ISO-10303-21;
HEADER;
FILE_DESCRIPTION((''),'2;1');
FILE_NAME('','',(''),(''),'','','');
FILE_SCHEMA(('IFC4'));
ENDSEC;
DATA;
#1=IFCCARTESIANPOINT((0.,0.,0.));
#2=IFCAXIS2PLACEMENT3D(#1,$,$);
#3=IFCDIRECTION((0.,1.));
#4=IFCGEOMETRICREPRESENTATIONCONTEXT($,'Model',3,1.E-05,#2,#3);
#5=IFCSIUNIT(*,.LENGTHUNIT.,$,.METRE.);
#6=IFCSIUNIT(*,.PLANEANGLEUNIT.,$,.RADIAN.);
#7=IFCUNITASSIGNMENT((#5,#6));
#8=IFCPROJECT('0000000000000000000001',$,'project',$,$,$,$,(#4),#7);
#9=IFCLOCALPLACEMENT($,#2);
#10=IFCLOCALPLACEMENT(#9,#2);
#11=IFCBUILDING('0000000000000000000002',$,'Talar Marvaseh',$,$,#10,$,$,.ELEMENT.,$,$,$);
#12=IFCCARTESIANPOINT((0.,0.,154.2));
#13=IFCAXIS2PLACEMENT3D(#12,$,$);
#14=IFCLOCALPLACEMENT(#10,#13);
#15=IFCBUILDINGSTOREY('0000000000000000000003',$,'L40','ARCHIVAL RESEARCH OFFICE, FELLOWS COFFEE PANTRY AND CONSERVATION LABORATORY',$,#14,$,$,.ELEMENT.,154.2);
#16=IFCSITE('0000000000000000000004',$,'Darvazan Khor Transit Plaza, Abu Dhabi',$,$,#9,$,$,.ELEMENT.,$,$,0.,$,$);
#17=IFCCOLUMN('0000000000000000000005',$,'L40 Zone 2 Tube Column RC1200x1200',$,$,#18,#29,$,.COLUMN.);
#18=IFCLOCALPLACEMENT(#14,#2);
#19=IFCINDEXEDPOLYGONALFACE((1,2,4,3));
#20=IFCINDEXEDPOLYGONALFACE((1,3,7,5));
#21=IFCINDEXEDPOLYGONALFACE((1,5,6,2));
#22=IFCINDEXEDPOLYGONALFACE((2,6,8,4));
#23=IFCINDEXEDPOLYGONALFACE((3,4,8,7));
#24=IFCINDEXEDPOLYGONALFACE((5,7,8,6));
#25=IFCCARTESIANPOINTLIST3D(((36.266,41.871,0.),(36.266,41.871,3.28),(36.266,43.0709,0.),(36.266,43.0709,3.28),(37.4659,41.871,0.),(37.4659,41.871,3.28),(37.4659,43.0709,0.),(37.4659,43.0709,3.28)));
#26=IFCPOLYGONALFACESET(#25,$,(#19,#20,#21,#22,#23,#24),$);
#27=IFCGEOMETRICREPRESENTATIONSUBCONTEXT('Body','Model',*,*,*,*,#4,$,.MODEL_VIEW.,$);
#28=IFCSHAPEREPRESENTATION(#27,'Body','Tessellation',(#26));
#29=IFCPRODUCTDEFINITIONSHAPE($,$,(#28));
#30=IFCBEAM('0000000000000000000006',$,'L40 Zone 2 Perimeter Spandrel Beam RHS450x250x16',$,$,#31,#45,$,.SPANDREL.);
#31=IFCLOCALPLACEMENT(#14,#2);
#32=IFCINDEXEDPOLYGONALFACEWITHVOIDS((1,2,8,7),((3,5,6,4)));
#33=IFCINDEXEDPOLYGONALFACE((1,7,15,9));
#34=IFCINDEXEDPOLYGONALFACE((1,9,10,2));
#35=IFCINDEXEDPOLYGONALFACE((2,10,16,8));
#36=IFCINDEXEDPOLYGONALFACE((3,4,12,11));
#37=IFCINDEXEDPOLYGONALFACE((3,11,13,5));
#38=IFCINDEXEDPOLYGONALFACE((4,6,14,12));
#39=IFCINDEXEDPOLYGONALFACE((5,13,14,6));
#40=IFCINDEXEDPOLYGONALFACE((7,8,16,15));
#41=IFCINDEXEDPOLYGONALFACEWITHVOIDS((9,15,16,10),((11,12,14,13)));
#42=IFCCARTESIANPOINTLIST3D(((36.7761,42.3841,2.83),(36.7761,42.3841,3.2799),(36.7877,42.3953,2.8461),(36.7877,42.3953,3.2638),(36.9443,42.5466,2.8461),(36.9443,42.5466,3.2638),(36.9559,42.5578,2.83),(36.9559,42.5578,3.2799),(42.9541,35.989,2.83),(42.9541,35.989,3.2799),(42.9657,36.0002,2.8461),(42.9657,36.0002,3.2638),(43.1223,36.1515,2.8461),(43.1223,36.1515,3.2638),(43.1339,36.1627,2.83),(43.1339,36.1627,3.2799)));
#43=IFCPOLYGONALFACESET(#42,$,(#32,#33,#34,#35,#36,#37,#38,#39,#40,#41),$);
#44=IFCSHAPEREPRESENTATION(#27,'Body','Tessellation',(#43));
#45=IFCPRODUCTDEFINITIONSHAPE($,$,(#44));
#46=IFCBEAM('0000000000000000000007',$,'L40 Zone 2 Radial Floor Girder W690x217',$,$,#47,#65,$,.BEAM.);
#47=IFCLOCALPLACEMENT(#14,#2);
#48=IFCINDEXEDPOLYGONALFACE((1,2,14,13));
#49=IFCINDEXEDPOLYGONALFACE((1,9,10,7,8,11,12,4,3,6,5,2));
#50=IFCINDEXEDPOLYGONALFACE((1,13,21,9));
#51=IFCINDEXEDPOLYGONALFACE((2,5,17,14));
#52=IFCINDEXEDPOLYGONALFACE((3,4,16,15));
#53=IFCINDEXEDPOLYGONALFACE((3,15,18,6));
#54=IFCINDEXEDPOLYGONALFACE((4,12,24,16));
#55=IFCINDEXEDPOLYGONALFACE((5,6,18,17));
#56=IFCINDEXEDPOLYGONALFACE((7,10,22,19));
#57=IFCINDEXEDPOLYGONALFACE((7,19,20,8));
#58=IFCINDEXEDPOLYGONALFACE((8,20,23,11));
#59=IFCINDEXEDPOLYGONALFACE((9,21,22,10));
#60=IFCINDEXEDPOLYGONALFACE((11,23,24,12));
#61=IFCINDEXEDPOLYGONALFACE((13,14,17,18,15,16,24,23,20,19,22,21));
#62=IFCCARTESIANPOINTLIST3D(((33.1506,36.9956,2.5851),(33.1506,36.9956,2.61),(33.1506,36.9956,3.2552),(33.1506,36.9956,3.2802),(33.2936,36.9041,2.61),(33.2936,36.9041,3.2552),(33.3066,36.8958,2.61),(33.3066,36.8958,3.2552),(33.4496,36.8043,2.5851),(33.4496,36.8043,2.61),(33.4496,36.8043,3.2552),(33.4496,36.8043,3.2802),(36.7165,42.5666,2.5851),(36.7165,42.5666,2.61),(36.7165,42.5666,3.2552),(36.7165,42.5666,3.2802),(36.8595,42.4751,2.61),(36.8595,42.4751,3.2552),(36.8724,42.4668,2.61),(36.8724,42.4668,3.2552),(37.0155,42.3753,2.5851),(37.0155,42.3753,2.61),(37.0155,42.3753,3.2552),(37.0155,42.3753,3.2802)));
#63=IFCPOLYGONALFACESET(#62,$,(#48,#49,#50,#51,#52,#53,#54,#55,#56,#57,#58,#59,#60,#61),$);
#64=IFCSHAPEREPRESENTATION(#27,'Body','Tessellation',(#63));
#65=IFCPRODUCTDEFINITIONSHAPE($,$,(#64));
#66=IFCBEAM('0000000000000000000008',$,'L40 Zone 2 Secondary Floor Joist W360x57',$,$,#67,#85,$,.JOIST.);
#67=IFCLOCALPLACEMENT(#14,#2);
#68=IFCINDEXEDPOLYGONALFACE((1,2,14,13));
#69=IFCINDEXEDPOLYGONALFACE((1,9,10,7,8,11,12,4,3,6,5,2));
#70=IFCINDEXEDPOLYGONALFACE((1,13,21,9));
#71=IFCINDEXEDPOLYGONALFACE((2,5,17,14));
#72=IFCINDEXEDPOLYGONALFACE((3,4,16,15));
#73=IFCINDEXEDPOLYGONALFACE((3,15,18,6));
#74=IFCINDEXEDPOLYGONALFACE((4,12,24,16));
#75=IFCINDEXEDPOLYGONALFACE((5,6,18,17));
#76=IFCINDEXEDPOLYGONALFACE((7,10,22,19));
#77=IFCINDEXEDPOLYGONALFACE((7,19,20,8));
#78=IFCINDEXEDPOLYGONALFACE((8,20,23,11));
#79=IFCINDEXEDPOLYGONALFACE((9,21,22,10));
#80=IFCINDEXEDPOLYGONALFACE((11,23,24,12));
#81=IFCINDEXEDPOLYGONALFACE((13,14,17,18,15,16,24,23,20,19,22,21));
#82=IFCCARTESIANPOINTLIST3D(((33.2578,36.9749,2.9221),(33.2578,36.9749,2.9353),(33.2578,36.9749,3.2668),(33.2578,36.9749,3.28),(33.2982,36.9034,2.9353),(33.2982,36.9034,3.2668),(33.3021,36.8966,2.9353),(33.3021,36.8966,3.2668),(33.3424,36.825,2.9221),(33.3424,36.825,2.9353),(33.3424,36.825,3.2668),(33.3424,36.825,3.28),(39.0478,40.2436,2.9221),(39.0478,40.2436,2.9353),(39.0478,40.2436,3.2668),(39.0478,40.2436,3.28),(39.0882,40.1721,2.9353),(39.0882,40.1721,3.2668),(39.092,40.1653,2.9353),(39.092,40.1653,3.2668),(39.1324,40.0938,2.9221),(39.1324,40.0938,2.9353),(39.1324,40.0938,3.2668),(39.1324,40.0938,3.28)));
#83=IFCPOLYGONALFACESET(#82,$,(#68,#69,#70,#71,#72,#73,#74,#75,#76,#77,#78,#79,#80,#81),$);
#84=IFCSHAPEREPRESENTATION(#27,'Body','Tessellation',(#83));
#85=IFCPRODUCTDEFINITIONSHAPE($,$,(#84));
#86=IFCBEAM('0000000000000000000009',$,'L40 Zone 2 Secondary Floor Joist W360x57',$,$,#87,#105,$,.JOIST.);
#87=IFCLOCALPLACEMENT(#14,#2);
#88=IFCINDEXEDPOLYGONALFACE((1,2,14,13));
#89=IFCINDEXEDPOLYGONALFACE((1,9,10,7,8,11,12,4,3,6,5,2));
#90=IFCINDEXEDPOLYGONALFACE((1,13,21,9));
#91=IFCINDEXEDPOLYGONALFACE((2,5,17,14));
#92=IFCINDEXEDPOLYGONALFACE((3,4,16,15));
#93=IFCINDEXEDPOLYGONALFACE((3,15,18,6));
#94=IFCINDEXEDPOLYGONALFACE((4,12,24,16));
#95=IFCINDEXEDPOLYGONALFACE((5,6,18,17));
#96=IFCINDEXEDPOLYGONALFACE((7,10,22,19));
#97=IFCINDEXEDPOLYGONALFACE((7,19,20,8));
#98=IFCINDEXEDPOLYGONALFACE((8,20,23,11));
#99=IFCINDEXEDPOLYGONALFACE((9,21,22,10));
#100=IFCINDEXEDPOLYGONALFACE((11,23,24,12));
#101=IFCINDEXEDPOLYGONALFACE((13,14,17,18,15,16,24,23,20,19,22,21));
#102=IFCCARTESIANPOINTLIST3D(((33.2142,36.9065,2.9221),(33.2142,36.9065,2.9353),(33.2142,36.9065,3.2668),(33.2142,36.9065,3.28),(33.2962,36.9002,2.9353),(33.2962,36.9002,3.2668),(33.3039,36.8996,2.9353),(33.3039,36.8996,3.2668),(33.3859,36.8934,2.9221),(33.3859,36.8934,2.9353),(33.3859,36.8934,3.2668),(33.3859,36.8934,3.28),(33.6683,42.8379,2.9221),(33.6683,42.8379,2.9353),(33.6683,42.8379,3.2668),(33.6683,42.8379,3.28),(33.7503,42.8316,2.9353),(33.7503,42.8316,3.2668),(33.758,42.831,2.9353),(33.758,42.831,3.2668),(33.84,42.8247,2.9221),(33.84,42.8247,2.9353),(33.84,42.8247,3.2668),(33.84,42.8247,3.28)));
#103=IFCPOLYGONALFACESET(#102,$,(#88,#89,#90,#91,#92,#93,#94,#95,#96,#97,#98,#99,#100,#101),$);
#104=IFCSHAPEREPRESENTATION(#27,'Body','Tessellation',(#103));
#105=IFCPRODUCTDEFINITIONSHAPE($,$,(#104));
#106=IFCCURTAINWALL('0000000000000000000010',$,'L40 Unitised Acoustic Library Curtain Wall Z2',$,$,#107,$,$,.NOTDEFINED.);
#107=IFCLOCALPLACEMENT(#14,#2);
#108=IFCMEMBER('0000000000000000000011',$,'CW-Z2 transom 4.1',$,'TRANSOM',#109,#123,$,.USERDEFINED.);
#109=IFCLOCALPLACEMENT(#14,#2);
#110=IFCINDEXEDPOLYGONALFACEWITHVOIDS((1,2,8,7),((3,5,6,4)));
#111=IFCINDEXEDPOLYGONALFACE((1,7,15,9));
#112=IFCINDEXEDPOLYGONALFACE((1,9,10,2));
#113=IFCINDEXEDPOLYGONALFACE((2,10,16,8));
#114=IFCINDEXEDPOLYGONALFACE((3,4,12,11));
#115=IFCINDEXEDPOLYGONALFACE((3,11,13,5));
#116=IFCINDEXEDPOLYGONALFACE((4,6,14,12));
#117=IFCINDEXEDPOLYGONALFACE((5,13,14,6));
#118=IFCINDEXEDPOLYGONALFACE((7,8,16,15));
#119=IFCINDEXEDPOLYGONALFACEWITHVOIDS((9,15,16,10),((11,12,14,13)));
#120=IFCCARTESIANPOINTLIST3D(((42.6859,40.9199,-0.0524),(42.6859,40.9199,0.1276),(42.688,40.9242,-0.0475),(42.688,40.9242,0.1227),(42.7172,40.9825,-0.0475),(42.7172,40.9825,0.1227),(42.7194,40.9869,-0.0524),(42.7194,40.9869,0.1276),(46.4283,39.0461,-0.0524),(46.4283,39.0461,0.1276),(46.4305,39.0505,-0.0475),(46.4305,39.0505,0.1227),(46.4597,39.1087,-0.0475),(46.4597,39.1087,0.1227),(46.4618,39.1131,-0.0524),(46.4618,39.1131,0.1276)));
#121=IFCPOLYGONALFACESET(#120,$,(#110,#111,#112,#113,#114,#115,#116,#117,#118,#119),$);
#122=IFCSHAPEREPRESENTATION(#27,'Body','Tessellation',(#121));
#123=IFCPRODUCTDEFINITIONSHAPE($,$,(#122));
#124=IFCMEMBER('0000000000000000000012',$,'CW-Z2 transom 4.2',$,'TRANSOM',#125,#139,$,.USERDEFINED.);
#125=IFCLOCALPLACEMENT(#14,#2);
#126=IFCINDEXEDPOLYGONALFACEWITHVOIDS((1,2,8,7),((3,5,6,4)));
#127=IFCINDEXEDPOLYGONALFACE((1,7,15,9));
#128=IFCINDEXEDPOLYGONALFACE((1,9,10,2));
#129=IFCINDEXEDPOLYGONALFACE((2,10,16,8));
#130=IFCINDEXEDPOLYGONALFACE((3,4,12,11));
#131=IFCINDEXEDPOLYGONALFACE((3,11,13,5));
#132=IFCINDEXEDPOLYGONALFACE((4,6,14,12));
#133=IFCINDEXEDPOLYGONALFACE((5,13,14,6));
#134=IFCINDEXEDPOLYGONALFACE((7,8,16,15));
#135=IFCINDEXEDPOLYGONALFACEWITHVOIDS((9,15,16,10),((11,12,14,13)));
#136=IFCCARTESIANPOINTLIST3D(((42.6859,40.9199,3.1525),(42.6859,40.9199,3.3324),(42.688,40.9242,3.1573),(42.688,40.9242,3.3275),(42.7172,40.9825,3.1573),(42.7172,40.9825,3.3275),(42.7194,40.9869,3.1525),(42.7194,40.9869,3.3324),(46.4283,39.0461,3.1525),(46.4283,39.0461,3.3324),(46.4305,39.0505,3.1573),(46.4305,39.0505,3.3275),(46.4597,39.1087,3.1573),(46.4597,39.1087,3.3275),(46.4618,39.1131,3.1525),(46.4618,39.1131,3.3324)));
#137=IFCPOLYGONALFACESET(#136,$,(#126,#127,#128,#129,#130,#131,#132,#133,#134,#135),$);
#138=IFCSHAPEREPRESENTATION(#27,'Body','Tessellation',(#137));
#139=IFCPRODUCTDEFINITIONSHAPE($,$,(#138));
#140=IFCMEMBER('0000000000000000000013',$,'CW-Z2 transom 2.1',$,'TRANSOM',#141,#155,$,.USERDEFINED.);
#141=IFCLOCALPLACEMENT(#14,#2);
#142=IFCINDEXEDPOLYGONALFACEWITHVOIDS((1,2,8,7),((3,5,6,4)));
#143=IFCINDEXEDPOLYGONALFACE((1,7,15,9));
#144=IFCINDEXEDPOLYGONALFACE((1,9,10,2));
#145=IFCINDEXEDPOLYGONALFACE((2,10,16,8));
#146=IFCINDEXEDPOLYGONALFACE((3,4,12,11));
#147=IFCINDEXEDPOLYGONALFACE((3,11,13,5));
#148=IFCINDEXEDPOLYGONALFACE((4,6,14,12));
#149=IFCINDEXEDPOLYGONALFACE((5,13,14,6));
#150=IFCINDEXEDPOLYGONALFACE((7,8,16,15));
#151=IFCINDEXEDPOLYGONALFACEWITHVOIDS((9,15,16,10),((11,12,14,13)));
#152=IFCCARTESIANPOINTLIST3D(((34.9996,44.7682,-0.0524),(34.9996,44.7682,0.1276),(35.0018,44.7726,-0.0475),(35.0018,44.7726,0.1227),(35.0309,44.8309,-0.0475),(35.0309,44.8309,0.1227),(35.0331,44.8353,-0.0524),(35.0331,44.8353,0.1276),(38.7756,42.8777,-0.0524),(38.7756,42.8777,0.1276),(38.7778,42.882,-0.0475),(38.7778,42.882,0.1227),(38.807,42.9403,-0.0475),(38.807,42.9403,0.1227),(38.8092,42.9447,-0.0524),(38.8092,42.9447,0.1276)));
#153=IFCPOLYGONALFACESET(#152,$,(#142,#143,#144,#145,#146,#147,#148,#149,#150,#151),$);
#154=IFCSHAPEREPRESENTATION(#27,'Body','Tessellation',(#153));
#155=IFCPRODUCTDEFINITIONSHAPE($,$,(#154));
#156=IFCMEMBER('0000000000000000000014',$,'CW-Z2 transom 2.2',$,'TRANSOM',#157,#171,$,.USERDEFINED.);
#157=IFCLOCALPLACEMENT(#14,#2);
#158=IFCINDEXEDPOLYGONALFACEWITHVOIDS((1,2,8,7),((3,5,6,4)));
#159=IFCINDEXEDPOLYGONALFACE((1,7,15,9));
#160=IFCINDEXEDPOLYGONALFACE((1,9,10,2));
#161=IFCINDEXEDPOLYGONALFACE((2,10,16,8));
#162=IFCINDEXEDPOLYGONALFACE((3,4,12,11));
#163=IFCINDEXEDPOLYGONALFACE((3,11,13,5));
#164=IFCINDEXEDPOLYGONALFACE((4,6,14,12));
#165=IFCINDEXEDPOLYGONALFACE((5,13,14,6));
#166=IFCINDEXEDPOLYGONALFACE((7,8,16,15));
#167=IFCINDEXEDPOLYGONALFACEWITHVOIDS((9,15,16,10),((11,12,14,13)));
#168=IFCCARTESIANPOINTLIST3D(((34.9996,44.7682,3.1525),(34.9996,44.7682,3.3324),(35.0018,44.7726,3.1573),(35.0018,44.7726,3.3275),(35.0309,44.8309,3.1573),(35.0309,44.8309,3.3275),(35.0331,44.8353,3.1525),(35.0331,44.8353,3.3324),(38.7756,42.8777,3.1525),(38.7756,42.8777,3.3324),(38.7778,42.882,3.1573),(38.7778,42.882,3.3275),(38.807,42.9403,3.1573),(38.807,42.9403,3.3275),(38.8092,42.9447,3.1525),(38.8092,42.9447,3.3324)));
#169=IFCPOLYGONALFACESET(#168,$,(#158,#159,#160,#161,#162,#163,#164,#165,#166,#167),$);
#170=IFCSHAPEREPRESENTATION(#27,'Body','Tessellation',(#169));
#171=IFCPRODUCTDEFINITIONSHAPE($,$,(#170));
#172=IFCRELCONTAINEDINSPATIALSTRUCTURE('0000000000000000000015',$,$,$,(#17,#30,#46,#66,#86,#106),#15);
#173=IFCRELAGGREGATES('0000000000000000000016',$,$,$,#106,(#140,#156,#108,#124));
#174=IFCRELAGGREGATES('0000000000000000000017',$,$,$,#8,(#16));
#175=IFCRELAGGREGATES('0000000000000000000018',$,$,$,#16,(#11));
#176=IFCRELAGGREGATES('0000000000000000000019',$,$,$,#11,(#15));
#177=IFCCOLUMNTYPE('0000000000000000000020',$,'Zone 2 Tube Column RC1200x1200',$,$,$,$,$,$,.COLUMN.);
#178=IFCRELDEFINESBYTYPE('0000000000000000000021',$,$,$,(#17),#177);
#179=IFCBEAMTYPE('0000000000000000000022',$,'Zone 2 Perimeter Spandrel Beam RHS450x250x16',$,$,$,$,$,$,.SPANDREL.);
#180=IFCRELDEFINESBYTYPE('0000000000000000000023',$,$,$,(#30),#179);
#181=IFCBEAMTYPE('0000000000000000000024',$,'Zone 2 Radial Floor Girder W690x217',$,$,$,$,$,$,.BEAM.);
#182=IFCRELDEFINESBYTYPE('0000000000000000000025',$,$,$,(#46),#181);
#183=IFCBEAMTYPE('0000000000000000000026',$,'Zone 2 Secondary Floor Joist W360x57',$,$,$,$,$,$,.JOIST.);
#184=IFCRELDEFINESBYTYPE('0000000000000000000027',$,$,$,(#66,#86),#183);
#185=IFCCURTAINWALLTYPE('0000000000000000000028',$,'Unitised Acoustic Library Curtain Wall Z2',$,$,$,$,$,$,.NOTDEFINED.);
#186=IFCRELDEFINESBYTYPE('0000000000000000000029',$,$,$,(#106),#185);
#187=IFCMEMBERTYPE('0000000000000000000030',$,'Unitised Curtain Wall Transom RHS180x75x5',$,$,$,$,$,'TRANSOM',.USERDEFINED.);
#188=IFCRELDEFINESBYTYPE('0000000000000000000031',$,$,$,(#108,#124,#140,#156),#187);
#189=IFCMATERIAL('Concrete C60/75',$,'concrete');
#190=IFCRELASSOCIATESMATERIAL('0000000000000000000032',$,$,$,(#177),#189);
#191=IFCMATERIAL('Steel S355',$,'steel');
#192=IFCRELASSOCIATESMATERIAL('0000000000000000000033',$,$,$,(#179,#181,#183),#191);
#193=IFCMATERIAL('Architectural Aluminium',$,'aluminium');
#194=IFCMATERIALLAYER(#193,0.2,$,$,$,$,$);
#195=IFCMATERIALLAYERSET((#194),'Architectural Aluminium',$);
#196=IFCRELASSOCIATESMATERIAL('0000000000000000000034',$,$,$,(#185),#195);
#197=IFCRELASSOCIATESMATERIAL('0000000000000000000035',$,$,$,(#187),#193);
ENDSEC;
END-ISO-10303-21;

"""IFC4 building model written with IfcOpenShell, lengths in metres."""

from ifc_helpers import new_model, si_unit, direction, frame, origin, origin_2d, place, context, subcontext, project, spatial, rectangle, hollow_rectangle, i_section, extrude, source, transform, mapped, material, layer, layer_set, material_profile, profile_set, type_object, element, aggregate, save


model = new_model("IFC4")

# Units and contexts
model_context = context("Model", 3, precision=1e-05, world=origin(), true_north=direction((0.0, 1.0)))
body_context = subcontext(model_context, "Body", "Model", "MODEL_VIEW")
ifc_project = project(units=[si_unit("LENGTHUNIT", "METRE"), si_unit("PLANEANGLEUNIT", "RADIAN")], contexts=[model_context])

# Site, building, storey
site_placement = place(None, origin())
site = spatial("IfcSite", under=ifc_project, at=site_placement, Name="Darvazan Khor Transit Plaza, Abu Dhabi", CompositionType="ELEMENT", RefElevation=0.0)
building_placement = place(site_placement, origin())
building = spatial("IfcBuilding", under=site, at=building_placement, Name="Talar Marvaseh", CompositionType="ELEMENT")
storey_placement = place(building_placement, frame((0.0, 0.0, 154.2)))
storey = spatial("IfcBuildingStorey", under=building, at=storey_placement, Name="L40", Description="ARCHIVAL RESEARCH OFFICE, FELLOWS COFFEE PANTRY AND CONSERVATION LABORATORY", CompositionType="ELEMENT", Elevation=154.2)

# Column
ifc_material_1 = material(Name="Concrete C60/75", Category="concrete")
ifc_material_profile_1 = material_profile(ifc_material_1, rectangle(XDim=1.2, YDim=1.2, at=origin_2d()), Name="RC1200x1200")
ifc_profile_set_1 = profile_set([ifc_material_profile_1], Name="Concrete C60/75")
column_type = type_object("IfcColumnType", Name="Zone 2 Tube Column RC1200x1200", PredefinedType="COLUMN", material=ifc_profile_set_1)
column_placement = place(storey_placement, frame((36.866, 42.4709, 0.0), z_axis=(0.0, 0.0, 1.0), x_axis=(1.0, 0.0, 0.0)))
element("IfcColumn", 1, at=column_placement, inside=storey, type_object=column_type, Name="L40 Zone 2 Tube Column RC1200x1200", PredefinedType="COLUMN", context=body_context, shape_type="SweptSolid", body=[
    extrude(rectangle(XDim=1.2, YDim=1.2, at=origin_2d()), origin(), (0.0, 0.0, 1.0), 3.28),
])

# Beams
ifc_material_2 = material(Name="Steel S355", Category="steel")
ifc_material_profile_2 = material_profile(ifc_material_2, hollow_rectangle(XDim=0.25, YDim=0.45, WallThickness=0.0161, at=origin_2d()), Name="RHS450x250x16")
ifc_profile_set_2 = profile_set([ifc_material_profile_2], Name="Steel S355")
beam_type_1 = type_object("IfcBeamType", Name="Zone 2 Perimeter Spandrel Beam RHS450x250x16", PredefinedType="SPANDREL", material=ifc_profile_set_2)
beam_1_placement = place(storey_placement, frame((36.866, 42.4709, 3.0549), z_axis=(0.694797, -0.719206, 0.0), x_axis=(0.719206, 0.694797, 0.0)))
element("IfcBeam", 2, at=beam_1_placement, inside=storey, type_object=beam_type_1, Name="L40 Zone 2 Perimeter Spandrel Beam RHS450x250x16", PredefinedType="SPANDREL", context=body_context, shape_type="SweptSolid", body=[
    extrude(hollow_rectangle(XDim=0.25, YDim=0.45, WallThickness=0.0161, at=origin_2d()), origin(), (0.0, 0.0, 1.0), 8.8918),
])
ifc_material_profile_3 = material_profile(ifc_material_2, i_section(OverallWidth=0.355, OverallDepth=0.6951, WebThickness=0.0154, FlangeThickness=0.0249, at=origin_2d()), Name="W690x217")
ifc_profile_set_3 = profile_set([ifc_material_profile_3], Name="Steel S355")
beam_type_2 = type_object("IfcBeamType", Name="Zone 2 Radial Floor Girder W690x217", PredefinedType="BEAM", material=ifc_profile_set_3)
beam_2_placement = place(storey_placement, frame((36.866, 42.4709, 2.9326), z_axis=(-0.539102, -0.842241, 0.0), x_axis=(0.842241, -0.539102, 0.0)))
element("IfcBeam", 3, at=beam_2_placement, inside=storey, type_object=beam_type_2, Name="L40 Zone 2 Radial Floor Girder W690x217", PredefinedType="BEAM", context=body_context, shape_type="SweptSolid", body=[
    extrude(i_section(OverallWidth=0.355, OverallDepth=0.6951, WebThickness=0.0154, FlangeThickness=0.0249, at=origin_2d()), origin(), (0.0, 0.0, 1.0), 6.6145),
])
ifc_material_profile_4 = material_profile(ifc_material_2, i_section(OverallWidth=0.1721, OverallDepth=0.3579, WebThickness=0.0078, FlangeThickness=0.0132, at=origin_2d()), Name="W360x57")
ifc_profile_set_4 = profile_set([ifc_material_profile_4], Name="Steel S355")
beam_type_3 = type_object("IfcBeamType", Name="Zone 2 Secondary Floor Joist W360x57", PredefinedType="JOIST", material=ifc_profile_set_4)
beam_3_placement = place(storey_placement, frame((39.0901, 40.1687, 3.1011), z_axis=(-0.87081, -0.49162, 0.0), x_axis=(0.49162, -0.87081, 0.0)))
element("IfcBeam", 4, at=beam_3_placement, inside=storey, type_object=beam_type_3, Name="L40 Zone 2 Secondary Floor Joist W360x57", PredefinedType="JOIST", context=body_context, shape_type="SweptSolid", body=[
    extrude(i_section(OverallWidth=0.1721, OverallDepth=0.3579, WebThickness=0.0078, FlangeThickness=0.0132, at=origin_2d()), origin(), (0.0, 0.0, 1.0), 6.6489),
])
beam_4_placement = place(storey_placement, frame((33.7542, 42.8313, 3.1011), z_axis=(-0.076336, -0.997082, 0.0), x_axis=(0.997082, -0.076336, 0.0)))
element("IfcBeam", 5, at=beam_4_placement, inside=storey, type_object=beam_type_3, Name="L40 Zone 2 Secondary Floor Joist W360x57", PredefinedType="JOIST", context=body_context, shape_type="SweptSolid", body=[
    extrude(i_section(OverallWidth=0.1721, OverallDepth=0.3579, WebThickness=0.0078, FlangeThickness=0.0132, at=origin_2d()), origin(), (0.0, 0.0, 1.0), 5.9487),
])

# Curtain wall, members
ifc_material_3 = material(Name="Architectural Aluminium", Category="aluminium")
ifc_layer_1 = layer(ifc_material_3, 0.2)
ifc_layer_set_1 = layer_set([ifc_layer_1], Name="Architectural Aluminium")
curtain_wall_type = type_object("IfcCurtainWallType", Name="Unitised Acoustic Library Curtain Wall Z2", PredefinedType="NOTDEFINED", material=ifc_layer_set_1)
curtain_wall_placement = place(storey_placement, origin())
curtain_wall = element("IfcCurtainWall", 6, at=curtain_wall_placement, inside=storey, type_object=curtain_wall_type, Name="L40 Unitised Acoustic Library Curtain Wall Z2", PredefinedType="NOTDEFINED")
ifc_material_profile_5 = material_profile(ifc_material_3, hollow_rectangle(XDim=0.075, YDim=0.1799, WallThickness=0.0049, at=origin_2d()), Name="RHS180x75x5")
ifc_profile_set_5 = profile_set([ifc_material_profile_5], Name="Architectural Aluminium")
member_type_1 = type_object("IfcMemberType", Name="Unitised Curtain Wall Transom RHS180x75x5", ElementType="TRANSOM", PredefinedType="USERDEFINED", material=ifc_profile_set_5)
shared_shape_1 = source(origin(), body_context, "Body", "SweptSolid", [
    extrude(hollow_rectangle(XDim=0.075, YDim=0.1799, WallThickness=0.0049, at=origin_2d()), origin(), (0.0, 0.0, 1.0), 4.1853),
])
member_1_placement = place(storey_placement, frame((42.7026, 40.9534, 0.0376), z_axis=(0.894182, -0.447704, 0.0), x_axis=(0.447704, 0.894182, 0.0)))
member_1 = element("IfcMember", 7, at=member_1_placement, type_object=member_type_1, Name="CW-Z2 transom 4.1", ObjectType="TRANSOM", PredefinedType="USERDEFINED", context=body_context, shape_type="MappedRepresentation", body=[
    mapped(shared_shape_1, transform((0.0, 0.0, 0.0), x_axis=(1.0, 0.0, 0.0), y_axis=(0.0, 1.0, 0.0), z_axis=(0.0, 0.0, 1.0), scale=1.0)),
])
member_2_placement = place(storey_placement, frame((42.7026, 40.9534, 3.2424), z_axis=(0.894182, -0.447704, 0.0), x_axis=(0.447704, 0.894182, 0.0)))
member_2 = element("IfcMember", 8, at=member_2_placement, type_object=member_type_1, Name="CW-Z2 transom 4.2", ObjectType="TRANSOM", PredefinedType="USERDEFINED", context=body_context, shape_type="MappedRepresentation", body=[
    mapped(shared_shape_1, transform((0.0, 0.0, 0.0), x_axis=(1.0, 0.0, 0.0), y_axis=(0.0, 1.0, 0.0), z_axis=(0.0, 0.0, 1.0), scale=1.0)),
])
shared_shape_2 = source(origin(), body_context, "Body", "SweptSolid", [
    extrude(hollow_rectangle(XDim=0.075, YDim=0.1799, WallThickness=0.0049, at=origin_2d()), origin(), (0.0, 0.0, 1.0), 4.2229),
])
member_3_placement = place(storey_placement, frame((35.0164, 44.8018, 0.0376), z_axis=(0.894184, -0.447699, 0.0), x_axis=(0.447699, 0.894184, 0.0)))
member_3 = element("IfcMember", 9, at=member_3_placement, type_object=member_type_1, Name="CW-Z2 transom 2.1", ObjectType="TRANSOM", PredefinedType="USERDEFINED", context=body_context, shape_type="MappedRepresentation", body=[
    mapped(shared_shape_2, transform((0.0, 0.0, 0.0), x_axis=(1.0, 0.0, 0.0), y_axis=(0.0, 1.0, 0.0), z_axis=(0.0, 0.0, 1.0), scale=1.0)),
])
member_4_placement = place(storey_placement, frame((35.0164, 44.8018, 3.2424), z_axis=(0.894184, -0.447699, 0.0), x_axis=(0.447699, 0.894184, 0.0)))
member_4 = element("IfcMember", 10, at=member_4_placement, type_object=member_type_1, Name="CW-Z2 transom 2.2", ObjectType="TRANSOM", PredefinedType="USERDEFINED", context=body_context, shape_type="MappedRepresentation", body=[
    mapped(shared_shape_2, transform((0.0, 0.0, 0.0), x_axis=(1.0, 0.0, 0.0), y_axis=(0.0, 1.0, 0.0), z_axis=(0.0, 0.0, 1.0), scale=1.0)),
])
aggregate(curtain_wall, [member_3, member_4, member_1, member_2])

save(model, "model.ifc")
